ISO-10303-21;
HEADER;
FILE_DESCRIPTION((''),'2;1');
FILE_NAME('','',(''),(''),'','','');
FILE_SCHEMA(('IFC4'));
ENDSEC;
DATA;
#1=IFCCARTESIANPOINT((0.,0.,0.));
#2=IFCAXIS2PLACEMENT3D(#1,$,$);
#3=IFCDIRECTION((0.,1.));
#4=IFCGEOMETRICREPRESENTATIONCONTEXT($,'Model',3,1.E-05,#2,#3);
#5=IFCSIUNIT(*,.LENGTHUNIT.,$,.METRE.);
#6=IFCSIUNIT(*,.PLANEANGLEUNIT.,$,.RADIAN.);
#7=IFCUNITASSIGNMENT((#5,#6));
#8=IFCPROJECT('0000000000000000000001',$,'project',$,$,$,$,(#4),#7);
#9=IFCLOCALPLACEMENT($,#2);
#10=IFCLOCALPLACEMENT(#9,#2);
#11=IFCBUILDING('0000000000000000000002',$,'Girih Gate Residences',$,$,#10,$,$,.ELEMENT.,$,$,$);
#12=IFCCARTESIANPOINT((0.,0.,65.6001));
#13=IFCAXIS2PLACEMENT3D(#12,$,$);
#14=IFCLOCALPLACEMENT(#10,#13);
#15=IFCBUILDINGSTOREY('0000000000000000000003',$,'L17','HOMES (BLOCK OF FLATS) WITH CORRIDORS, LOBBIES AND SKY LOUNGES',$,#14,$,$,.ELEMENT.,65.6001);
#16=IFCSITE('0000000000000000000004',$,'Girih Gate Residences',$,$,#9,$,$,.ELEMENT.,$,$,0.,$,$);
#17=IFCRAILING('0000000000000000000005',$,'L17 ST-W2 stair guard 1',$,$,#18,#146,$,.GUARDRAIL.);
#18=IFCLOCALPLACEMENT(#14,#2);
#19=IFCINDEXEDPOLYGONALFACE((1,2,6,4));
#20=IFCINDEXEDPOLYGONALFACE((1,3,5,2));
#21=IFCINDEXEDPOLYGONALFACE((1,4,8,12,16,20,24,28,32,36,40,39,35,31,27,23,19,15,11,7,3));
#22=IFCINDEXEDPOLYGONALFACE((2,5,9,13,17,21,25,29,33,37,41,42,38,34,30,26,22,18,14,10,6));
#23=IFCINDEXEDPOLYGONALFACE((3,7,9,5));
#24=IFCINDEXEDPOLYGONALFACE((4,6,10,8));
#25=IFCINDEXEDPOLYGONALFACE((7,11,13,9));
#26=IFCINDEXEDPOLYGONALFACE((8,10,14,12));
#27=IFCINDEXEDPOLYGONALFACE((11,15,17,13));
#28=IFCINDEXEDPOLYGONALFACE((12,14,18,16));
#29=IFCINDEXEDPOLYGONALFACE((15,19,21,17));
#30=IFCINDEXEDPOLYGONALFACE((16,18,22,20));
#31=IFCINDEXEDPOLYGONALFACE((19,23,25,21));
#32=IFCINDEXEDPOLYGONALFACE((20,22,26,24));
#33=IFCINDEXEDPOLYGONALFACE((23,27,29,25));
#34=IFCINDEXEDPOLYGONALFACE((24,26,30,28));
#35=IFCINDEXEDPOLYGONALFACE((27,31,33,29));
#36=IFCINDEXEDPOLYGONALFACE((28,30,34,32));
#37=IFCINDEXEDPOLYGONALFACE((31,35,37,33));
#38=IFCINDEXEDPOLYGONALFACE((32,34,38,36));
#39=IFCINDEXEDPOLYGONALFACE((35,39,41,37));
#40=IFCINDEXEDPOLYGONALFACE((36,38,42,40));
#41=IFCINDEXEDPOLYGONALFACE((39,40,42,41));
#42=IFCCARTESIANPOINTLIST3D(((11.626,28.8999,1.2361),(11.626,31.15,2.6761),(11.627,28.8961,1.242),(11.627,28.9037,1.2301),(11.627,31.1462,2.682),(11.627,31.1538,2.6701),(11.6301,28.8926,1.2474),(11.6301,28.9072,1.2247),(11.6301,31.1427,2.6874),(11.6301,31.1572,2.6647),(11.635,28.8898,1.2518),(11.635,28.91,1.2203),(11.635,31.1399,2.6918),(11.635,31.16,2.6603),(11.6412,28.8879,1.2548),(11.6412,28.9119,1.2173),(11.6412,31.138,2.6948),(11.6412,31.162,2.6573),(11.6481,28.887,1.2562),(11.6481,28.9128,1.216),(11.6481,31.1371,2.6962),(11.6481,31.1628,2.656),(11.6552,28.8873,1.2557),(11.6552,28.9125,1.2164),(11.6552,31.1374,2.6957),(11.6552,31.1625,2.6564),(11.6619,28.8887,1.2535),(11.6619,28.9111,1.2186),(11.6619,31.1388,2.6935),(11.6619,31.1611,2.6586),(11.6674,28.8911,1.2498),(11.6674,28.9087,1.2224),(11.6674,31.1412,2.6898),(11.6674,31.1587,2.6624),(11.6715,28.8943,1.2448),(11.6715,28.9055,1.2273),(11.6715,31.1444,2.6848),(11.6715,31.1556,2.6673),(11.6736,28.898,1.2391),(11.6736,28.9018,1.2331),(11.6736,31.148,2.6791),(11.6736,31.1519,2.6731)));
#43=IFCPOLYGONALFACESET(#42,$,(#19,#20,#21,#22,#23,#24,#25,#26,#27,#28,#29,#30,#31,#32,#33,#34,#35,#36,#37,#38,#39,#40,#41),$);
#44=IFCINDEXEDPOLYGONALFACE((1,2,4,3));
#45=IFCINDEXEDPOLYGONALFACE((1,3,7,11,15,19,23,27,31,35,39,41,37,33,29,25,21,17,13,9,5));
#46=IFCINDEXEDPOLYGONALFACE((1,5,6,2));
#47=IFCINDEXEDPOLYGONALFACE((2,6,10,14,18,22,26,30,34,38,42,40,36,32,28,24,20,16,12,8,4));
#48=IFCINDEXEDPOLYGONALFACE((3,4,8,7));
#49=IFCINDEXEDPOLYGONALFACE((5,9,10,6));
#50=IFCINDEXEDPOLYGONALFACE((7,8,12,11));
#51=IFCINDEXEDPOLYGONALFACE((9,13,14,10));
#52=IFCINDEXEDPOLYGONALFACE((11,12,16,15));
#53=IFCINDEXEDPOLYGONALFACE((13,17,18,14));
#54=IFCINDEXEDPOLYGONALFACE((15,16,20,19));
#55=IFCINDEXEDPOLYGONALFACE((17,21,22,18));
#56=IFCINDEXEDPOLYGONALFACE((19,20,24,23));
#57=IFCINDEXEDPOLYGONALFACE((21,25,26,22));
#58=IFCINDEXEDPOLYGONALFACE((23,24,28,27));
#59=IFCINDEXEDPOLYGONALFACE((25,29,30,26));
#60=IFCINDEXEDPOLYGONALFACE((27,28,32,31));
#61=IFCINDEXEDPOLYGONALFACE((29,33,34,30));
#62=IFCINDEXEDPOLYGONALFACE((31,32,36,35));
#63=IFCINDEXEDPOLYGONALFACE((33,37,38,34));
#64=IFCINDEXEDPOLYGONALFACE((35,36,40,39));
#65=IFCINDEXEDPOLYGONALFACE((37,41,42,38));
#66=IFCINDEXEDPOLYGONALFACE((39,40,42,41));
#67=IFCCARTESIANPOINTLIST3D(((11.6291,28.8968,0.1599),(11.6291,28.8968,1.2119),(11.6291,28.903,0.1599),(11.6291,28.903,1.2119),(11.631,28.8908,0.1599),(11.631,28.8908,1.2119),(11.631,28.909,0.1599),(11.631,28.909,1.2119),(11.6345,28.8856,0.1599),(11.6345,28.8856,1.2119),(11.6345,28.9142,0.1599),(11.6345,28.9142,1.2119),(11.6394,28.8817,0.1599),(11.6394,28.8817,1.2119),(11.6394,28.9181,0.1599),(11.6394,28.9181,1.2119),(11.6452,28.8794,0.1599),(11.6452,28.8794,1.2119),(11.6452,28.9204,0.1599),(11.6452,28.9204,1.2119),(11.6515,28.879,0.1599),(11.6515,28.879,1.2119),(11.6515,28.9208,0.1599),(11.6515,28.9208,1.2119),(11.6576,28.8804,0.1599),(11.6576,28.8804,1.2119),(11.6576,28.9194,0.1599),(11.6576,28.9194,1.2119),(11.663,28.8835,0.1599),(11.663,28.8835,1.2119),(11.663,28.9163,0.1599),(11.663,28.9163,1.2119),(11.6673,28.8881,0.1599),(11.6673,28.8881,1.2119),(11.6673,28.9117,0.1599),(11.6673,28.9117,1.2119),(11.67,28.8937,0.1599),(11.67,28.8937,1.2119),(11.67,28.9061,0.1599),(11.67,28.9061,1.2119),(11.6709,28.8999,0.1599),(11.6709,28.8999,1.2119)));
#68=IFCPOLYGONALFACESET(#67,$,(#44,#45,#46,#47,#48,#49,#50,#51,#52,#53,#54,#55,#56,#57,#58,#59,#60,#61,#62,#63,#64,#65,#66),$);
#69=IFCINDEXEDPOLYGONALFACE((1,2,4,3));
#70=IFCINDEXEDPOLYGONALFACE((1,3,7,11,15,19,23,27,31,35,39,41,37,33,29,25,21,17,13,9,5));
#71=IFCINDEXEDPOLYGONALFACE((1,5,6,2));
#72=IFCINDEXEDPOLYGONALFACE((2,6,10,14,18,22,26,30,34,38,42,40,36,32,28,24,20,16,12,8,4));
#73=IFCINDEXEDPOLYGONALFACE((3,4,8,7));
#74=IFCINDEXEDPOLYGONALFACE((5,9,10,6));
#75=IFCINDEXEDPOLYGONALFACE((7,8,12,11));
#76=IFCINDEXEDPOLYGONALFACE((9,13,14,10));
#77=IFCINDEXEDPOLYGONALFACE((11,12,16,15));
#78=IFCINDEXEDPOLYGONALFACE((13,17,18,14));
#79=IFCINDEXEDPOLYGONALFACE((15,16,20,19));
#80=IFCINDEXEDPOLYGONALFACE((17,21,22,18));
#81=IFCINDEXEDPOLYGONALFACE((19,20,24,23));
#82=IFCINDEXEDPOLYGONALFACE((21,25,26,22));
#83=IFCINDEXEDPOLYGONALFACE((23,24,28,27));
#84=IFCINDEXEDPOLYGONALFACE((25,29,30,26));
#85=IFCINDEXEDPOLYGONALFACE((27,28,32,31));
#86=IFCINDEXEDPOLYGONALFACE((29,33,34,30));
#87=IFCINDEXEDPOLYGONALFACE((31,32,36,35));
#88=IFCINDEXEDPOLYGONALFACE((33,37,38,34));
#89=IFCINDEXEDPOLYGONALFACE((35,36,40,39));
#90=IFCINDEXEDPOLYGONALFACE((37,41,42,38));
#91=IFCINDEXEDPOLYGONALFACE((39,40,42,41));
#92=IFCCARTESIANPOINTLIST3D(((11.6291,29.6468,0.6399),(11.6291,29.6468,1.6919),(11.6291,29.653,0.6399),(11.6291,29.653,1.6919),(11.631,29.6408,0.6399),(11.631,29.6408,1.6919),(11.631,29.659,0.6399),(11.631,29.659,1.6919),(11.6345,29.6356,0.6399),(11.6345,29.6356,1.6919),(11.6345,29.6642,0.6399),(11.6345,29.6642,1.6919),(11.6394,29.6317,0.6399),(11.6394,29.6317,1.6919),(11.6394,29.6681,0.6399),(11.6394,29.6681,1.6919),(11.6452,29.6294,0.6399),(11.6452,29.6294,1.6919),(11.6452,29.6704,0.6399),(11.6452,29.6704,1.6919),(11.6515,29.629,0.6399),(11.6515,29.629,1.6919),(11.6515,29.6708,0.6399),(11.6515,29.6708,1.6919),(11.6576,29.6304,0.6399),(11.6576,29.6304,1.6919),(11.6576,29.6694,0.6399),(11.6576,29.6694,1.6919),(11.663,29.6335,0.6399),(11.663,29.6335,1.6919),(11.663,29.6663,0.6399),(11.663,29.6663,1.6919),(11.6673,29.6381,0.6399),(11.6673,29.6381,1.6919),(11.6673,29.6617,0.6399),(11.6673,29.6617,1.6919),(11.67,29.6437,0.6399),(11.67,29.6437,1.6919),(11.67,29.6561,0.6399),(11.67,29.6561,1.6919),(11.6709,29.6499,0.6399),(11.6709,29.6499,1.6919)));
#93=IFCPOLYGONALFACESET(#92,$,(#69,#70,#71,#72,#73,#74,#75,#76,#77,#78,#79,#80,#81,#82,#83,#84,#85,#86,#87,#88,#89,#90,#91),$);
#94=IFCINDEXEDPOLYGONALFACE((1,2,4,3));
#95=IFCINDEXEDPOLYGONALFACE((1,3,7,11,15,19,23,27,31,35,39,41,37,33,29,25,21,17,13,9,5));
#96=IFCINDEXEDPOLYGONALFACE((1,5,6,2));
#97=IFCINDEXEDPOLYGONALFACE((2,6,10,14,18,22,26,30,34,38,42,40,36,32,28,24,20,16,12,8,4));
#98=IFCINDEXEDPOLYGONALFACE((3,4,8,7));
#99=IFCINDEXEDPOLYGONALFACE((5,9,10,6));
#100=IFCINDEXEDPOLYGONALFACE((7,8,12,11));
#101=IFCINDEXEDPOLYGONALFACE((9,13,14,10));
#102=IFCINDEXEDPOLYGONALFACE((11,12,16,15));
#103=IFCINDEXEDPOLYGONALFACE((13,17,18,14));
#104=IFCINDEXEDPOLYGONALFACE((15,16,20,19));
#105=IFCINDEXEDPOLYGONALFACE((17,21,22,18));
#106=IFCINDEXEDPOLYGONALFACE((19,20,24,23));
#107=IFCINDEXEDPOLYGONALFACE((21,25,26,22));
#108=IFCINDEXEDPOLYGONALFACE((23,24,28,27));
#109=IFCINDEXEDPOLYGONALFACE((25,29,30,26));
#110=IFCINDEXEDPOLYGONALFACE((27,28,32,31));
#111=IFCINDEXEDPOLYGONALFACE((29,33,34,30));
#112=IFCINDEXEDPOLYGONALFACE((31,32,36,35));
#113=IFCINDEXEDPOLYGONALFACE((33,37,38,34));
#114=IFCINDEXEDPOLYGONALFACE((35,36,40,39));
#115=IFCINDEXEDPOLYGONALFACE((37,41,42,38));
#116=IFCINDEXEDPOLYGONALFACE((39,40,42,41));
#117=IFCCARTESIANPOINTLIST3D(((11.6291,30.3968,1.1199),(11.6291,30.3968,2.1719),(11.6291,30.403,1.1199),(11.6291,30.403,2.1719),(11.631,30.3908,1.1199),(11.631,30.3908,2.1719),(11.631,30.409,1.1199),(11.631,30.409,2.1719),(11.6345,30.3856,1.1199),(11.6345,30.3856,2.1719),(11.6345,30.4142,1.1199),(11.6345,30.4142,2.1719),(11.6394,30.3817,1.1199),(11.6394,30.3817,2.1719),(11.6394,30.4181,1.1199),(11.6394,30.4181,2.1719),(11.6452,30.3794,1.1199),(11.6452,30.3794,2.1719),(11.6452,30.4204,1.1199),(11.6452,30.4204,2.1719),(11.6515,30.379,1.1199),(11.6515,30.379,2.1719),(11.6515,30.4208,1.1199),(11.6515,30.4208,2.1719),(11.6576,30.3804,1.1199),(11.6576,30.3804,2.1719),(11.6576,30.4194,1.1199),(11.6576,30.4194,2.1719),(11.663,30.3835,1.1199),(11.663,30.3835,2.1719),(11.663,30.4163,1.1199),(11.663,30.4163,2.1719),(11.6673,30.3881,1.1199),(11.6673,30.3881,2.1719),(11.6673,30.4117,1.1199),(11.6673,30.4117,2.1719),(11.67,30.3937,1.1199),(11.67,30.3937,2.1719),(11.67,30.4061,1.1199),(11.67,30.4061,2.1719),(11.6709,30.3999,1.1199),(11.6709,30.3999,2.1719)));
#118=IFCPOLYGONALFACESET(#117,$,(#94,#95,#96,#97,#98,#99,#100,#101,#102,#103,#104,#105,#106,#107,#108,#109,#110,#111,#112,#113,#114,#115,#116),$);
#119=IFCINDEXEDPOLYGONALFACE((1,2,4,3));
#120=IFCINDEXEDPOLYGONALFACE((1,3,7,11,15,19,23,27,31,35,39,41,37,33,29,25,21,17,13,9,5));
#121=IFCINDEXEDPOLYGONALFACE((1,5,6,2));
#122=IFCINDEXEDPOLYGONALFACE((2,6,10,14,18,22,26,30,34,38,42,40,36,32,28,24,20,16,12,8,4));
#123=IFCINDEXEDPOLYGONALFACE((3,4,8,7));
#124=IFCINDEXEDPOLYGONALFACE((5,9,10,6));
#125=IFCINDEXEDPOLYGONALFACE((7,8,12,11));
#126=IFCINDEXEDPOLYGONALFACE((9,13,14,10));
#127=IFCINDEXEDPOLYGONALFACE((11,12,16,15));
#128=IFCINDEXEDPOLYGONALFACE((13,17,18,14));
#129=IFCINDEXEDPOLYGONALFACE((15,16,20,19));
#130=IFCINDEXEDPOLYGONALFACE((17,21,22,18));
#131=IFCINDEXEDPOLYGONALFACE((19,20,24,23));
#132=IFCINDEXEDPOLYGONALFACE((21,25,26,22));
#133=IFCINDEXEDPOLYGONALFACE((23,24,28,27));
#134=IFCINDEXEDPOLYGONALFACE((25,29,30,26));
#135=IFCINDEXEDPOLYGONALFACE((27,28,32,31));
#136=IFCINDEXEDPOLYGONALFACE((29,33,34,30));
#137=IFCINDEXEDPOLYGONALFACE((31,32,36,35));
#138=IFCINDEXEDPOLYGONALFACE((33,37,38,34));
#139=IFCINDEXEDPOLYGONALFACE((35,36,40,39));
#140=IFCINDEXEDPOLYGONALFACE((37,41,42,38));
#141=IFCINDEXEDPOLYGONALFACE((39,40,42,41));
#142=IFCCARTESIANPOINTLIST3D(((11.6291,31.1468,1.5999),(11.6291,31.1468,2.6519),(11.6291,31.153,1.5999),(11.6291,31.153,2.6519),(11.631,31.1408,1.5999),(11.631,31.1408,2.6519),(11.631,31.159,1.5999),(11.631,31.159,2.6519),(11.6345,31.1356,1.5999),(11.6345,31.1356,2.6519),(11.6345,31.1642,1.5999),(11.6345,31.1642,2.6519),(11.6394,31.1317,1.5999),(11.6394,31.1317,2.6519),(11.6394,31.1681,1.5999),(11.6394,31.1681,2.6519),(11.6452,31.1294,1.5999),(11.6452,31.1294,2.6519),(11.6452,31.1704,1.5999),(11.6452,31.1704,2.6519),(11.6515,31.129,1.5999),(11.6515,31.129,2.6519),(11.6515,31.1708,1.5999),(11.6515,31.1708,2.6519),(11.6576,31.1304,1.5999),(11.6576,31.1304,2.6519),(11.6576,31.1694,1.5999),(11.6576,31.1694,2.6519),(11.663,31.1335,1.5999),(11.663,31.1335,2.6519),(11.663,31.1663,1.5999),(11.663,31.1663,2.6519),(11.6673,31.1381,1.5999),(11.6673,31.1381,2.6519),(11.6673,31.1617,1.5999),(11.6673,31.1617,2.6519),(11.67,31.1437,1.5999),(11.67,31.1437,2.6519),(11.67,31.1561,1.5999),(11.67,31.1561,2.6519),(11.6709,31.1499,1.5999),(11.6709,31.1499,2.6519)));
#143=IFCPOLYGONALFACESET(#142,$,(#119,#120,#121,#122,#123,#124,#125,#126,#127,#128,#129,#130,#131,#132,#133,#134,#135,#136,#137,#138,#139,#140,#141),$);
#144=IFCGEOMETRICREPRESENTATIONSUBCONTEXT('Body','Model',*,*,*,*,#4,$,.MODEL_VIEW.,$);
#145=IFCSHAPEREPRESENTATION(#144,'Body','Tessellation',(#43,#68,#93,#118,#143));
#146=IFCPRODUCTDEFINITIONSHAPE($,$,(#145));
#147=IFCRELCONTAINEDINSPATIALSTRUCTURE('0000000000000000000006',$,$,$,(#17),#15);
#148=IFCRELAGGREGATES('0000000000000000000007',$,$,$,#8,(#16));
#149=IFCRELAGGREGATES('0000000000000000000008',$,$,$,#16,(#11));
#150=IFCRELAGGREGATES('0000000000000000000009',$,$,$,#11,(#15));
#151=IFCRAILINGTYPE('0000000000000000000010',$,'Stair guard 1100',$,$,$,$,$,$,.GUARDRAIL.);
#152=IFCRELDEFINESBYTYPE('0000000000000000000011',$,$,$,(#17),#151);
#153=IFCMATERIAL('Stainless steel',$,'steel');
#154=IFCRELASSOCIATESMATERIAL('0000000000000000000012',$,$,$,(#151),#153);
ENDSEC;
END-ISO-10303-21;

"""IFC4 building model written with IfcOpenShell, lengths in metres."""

from ifc_helpers import new_model, si_unit, direction, frame, origin, origin_2d, place, context, subcontext, project, spatial, circle, extrude, material, type_object, element, save


model = new_model("IFC4")

# Units and contexts
model_context = context("Model", 3, precision=1e-05, world=origin(), true_north=direction((0.0, 1.0)))
body_context = subcontext(model_context, "Body", "Model", "MODEL_VIEW")
ifc_project = project(units=[si_unit("LENGTHUNIT", "METRE"), si_unit("PLANEANGLEUNIT", "RADIAN")], contexts=[model_context])

# Site, building, storey
site_placement = place(None, origin())
site = spatial("IfcSite", under=ifc_project, at=site_placement, Name="Girih Gate Residences", CompositionType="ELEMENT", RefElevation=0.0)
building_placement = place(site_placement, origin())
building = spatial("IfcBuilding", under=site, at=building_placement, Name="Girih Gate Residences", CompositionType="ELEMENT")
storey_placement = place(building_placement, frame((0.0, 0.0, 65.6001)))
storey = spatial("IfcBuildingStorey", under=building, at=storey_placement, Name="L17", Description="HOMES (BLOCK OF FLATS) WITH CORRIDORS, LOBBIES AND SKY LOUNGES", CompositionType="ELEMENT", Elevation=65.6001)

# Railing
ifc_material_1 = material(Name="Stainless steel", Category="steel")
railing_type_1 = type_object("IfcRailingType", Name="Stair guard 1100", PredefinedType="GUARDRAIL", material=ifc_material_1)
railing_1_placement = place(storey_placement, frame((11.6499, 28.8999, 0.1599)))
element("IfcRailing", 1, at=railing_1_placement, inside=storey, type_object=railing_type_1, Name="L17 ST-W2 stair guard 1", PredefinedType="GUARDRAIL", context=body_context, shape_type="SweptSolid", body=[
    extrude(circle(Radius=0.0239, at=origin_2d()), frame((0.0, 0.0, 1.0762), z_axis=(0.0, 0.842281, 0.539038), x_axis=(-1.0, 0.0, 0.0)), (0.0, 0.0, 1.0), 2.6714),
    extrude(circle(Radius=0.021, at=origin_2d()), origin(), (0.0, 0.0, 1.0), 1.052),
    extrude(circle(Radius=0.021, at=origin_2d()), frame((0.0, 0.75, 0.48)), (0.0, 0.0, 1.0), 1.052),
    extrude(circle(Radius=0.021, at=origin_2d()), frame((0.0, 1.5, 0.96)), (0.0, 0.0, 1.0), 1.052),
    extrude(circle(Radius=0.021, at=origin_2d()), frame((0.0, 2.25, 1.4399)), (0.0, 0.0, 1.0), 1.052),
])

save(model, "model.ifc")
